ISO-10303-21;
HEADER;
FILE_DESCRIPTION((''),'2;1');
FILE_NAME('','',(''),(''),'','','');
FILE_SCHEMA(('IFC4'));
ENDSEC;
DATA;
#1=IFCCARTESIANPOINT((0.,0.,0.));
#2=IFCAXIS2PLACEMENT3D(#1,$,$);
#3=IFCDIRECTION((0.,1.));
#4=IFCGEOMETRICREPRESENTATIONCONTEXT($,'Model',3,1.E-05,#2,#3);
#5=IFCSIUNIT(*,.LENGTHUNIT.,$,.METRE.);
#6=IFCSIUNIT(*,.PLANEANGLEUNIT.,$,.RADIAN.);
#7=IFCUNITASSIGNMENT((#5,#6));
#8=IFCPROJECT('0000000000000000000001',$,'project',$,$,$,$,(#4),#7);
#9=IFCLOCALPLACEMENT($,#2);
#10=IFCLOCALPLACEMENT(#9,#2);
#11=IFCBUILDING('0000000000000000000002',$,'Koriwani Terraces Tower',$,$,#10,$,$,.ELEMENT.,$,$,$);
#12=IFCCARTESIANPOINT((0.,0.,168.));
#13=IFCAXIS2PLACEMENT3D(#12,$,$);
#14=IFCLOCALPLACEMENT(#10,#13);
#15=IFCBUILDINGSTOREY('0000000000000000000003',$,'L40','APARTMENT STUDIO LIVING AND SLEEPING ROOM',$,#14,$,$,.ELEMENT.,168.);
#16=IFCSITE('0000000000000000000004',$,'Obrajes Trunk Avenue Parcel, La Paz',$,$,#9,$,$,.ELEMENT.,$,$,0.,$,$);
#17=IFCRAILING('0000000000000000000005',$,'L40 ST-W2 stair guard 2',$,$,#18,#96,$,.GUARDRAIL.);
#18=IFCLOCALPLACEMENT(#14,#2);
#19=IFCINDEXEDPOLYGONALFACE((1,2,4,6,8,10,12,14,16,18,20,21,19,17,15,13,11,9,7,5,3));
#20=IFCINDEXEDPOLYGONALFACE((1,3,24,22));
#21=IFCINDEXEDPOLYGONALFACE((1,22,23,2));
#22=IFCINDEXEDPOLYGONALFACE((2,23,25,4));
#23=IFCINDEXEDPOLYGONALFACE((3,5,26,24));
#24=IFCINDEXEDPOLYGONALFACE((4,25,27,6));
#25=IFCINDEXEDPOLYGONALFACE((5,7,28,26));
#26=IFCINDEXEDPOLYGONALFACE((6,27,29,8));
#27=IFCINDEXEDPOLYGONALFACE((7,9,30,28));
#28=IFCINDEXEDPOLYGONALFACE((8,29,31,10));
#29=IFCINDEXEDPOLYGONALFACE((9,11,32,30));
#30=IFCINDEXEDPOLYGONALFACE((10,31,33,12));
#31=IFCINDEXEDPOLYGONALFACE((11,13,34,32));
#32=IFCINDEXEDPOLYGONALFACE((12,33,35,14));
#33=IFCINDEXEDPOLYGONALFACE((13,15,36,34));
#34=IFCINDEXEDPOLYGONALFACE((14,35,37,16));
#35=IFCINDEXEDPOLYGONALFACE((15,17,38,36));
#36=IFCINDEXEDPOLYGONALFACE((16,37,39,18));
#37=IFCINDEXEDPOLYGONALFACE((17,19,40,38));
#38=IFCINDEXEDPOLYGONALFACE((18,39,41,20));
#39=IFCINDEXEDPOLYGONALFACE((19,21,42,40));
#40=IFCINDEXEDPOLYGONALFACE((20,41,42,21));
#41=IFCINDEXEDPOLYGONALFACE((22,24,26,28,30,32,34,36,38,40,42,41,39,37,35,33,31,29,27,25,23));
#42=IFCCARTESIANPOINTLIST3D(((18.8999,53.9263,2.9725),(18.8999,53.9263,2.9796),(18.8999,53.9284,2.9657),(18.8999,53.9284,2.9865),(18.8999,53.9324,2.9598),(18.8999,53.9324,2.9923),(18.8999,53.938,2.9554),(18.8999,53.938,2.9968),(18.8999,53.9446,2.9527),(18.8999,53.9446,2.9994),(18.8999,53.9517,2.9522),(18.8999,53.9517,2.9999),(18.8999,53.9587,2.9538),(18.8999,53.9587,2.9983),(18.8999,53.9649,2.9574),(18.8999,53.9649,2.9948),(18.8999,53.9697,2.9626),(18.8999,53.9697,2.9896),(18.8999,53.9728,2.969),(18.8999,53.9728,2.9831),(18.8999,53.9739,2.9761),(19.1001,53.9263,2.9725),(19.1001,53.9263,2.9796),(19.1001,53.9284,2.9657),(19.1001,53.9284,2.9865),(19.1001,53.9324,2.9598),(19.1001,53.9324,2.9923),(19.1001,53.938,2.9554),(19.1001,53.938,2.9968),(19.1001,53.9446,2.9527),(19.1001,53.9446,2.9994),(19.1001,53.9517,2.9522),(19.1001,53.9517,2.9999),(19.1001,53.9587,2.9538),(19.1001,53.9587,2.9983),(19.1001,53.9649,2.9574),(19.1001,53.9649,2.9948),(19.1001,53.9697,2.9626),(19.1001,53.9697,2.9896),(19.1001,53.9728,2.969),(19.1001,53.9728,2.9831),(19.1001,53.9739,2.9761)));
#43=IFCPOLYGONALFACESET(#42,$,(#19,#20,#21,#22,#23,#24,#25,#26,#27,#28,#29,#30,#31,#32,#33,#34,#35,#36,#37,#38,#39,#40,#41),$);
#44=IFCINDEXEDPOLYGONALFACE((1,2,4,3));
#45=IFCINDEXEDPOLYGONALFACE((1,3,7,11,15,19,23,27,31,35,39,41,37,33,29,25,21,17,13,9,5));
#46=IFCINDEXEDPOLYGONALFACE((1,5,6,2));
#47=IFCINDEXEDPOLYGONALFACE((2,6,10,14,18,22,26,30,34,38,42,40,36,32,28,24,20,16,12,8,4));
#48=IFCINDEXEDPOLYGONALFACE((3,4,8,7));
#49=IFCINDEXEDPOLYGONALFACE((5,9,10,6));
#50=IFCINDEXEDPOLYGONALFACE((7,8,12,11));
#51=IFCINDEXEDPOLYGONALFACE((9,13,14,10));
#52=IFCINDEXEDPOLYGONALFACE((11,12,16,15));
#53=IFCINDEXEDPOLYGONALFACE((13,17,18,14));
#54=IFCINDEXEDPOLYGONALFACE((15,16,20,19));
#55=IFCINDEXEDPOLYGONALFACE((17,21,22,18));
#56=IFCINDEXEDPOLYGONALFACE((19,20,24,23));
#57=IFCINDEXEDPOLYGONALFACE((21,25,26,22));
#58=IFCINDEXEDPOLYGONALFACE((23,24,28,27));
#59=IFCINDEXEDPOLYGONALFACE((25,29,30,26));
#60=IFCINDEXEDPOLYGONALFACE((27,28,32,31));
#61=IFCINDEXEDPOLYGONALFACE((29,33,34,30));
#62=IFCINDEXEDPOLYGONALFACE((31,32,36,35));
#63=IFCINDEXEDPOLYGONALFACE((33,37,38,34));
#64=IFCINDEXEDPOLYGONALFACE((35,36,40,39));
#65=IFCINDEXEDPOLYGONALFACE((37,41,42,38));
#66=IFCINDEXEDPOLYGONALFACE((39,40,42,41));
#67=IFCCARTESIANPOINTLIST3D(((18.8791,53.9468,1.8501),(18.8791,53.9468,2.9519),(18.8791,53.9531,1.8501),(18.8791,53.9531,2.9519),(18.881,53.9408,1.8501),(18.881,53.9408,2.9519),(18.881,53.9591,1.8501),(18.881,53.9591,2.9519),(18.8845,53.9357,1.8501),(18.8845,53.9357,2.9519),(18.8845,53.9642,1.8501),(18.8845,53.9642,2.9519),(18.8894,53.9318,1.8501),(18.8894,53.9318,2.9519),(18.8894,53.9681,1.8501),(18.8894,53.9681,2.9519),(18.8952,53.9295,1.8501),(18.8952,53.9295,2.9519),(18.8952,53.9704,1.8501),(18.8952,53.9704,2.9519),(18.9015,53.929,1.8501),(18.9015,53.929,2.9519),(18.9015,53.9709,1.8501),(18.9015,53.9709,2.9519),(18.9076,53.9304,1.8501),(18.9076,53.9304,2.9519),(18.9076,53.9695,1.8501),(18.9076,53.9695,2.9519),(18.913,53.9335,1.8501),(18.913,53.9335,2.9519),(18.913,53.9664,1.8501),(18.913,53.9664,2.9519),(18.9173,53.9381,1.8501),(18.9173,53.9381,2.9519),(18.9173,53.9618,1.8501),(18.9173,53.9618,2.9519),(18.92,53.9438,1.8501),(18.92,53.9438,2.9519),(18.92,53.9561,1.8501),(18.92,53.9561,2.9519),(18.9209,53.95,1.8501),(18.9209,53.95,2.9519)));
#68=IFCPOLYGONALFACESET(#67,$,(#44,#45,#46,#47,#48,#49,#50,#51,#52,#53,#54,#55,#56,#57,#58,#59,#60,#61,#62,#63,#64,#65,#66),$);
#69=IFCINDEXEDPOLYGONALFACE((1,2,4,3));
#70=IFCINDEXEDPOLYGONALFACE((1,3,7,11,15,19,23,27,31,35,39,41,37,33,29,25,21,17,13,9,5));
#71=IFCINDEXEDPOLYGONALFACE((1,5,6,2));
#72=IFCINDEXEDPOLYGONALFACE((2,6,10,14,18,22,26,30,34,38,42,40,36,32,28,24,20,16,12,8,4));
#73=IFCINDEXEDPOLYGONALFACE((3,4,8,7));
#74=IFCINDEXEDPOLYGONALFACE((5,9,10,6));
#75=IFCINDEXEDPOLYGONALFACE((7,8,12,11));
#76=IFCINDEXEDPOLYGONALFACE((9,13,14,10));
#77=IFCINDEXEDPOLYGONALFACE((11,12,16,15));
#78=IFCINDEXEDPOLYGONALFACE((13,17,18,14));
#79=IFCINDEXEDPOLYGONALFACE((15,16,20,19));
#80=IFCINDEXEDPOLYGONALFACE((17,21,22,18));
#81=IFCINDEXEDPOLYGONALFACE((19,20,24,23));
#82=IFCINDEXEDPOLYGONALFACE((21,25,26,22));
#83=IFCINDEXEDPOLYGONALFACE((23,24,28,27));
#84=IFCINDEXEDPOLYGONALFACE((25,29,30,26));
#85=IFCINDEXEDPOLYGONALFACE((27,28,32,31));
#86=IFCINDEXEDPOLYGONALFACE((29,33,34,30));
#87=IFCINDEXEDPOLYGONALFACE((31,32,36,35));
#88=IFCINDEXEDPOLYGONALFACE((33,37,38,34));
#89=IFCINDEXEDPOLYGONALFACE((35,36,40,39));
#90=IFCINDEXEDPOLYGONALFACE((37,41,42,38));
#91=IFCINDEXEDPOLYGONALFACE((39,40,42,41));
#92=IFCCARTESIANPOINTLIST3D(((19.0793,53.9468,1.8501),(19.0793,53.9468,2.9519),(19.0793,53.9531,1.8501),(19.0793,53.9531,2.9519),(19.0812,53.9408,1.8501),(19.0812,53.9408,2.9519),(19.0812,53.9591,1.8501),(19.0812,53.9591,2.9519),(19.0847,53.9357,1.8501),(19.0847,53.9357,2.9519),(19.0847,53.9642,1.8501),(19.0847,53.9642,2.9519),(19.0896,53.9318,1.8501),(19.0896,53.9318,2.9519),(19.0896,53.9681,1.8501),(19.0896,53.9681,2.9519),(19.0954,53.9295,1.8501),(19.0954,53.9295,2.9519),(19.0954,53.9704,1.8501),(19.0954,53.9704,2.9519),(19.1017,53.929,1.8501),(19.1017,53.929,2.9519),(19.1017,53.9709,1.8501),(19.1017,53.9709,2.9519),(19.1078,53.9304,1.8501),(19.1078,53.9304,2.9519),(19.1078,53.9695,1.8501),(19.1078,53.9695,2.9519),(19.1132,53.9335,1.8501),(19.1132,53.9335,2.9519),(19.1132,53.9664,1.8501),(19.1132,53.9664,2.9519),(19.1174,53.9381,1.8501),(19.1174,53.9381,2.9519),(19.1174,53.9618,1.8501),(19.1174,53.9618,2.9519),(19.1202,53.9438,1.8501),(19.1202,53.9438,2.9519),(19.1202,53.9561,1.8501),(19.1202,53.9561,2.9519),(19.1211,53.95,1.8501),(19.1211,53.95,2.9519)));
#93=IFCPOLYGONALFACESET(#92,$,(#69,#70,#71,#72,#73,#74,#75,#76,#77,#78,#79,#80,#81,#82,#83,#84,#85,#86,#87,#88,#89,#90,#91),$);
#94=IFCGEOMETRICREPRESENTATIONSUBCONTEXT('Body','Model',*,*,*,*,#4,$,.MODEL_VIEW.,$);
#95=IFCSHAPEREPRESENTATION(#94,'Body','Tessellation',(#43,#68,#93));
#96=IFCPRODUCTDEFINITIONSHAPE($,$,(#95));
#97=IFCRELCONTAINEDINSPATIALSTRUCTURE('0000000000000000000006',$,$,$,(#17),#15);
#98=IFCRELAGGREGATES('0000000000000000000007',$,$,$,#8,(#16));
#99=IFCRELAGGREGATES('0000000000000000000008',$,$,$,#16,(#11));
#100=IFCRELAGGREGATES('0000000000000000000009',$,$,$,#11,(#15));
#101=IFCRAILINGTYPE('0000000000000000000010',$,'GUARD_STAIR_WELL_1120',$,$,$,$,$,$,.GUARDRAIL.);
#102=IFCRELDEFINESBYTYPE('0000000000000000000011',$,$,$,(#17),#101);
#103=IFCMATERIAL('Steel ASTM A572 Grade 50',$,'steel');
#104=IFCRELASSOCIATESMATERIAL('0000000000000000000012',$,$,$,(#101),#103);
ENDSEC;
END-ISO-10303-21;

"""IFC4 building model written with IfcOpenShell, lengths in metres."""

from ifc_helpers import new_model, si_unit, direction, frame, origin, origin_2d, place, context, subcontext, project, spatial, circle, extrude, material, type_object, element, save


model = new_model("IFC4")

# Units and contexts
model_context = context("Model", 3, precision=1e-05, world=origin(), true_north=direction((0.0, 1.0)))
body_context = subcontext(model_context, "Body", "Model", "MODEL_VIEW")
ifc_project = project(units=[si_unit("LENGTHUNIT", "METRE"), si_unit("PLANEANGLEUNIT", "RADIAN")], contexts=[model_context])

# Site, building, storey
site_placement = place(None, origin())
site = spatial("IfcSite", under=ifc_project, at=site_placement, Name="Obrajes Trunk Avenue Parcel, La Paz", CompositionType="ELEMENT", RefElevation=0.0)
building_placement = place(site_placement, origin())
building = spatial("IfcBuilding", under=site, at=building_placement, Name="Koriwani Terraces Tower", CompositionType="ELEMENT")
storey_placement = place(building_placement, frame((0.0, 0.0, 168.0)))
storey = spatial("IfcBuildingStorey", under=building, at=storey_placement, Name="L40", Description="APARTMENT STUDIO LIVING AND SLEEPING ROOM", CompositionType="ELEMENT", Elevation=168.0)

# Shared definitions
ifc_material_1 = material(Name="Steel ASTM A572 Grade 50", Category="steel")

# Railing
railing_type_1 = type_object("IfcRailingType", Name="GUARD_STAIR_WELL_1120", PredefinedType="GUARDRAIL", material=ifc_material_1)
railing_1_placement = place(storey_placement, frame((18.8999, 53.95, 1.8501)))
element("IfcRailing", 1, at=railing_1_placement, inside=storey, type_object=railing_type_1, Name="L40 ST-W2 stair guard 2", PredefinedType="GUARDRAIL", context=body_context, shape_type="SweptSolid", body=[
    extrude(circle(Radius=0.0239, at=origin_2d()), frame((0.0, 0.0, 1.126), z_axis=(1.0, 0.0, 0.0), x_axis=(0.0, 1.0, 0.0)), (0.0, 0.0, 1.0), 0.2002),
    extrude(circle(Radius=0.021, at=origin_2d()), origin(), (0.0, 0.0, 1.0), 1.1018),
    extrude(circle(Radius=0.021, at=origin_2d()), frame((0.2002, 0.0, 0.0)), (0.0, 0.0, 1.0), 1.1018),
])

save(model, "model.ifc")
